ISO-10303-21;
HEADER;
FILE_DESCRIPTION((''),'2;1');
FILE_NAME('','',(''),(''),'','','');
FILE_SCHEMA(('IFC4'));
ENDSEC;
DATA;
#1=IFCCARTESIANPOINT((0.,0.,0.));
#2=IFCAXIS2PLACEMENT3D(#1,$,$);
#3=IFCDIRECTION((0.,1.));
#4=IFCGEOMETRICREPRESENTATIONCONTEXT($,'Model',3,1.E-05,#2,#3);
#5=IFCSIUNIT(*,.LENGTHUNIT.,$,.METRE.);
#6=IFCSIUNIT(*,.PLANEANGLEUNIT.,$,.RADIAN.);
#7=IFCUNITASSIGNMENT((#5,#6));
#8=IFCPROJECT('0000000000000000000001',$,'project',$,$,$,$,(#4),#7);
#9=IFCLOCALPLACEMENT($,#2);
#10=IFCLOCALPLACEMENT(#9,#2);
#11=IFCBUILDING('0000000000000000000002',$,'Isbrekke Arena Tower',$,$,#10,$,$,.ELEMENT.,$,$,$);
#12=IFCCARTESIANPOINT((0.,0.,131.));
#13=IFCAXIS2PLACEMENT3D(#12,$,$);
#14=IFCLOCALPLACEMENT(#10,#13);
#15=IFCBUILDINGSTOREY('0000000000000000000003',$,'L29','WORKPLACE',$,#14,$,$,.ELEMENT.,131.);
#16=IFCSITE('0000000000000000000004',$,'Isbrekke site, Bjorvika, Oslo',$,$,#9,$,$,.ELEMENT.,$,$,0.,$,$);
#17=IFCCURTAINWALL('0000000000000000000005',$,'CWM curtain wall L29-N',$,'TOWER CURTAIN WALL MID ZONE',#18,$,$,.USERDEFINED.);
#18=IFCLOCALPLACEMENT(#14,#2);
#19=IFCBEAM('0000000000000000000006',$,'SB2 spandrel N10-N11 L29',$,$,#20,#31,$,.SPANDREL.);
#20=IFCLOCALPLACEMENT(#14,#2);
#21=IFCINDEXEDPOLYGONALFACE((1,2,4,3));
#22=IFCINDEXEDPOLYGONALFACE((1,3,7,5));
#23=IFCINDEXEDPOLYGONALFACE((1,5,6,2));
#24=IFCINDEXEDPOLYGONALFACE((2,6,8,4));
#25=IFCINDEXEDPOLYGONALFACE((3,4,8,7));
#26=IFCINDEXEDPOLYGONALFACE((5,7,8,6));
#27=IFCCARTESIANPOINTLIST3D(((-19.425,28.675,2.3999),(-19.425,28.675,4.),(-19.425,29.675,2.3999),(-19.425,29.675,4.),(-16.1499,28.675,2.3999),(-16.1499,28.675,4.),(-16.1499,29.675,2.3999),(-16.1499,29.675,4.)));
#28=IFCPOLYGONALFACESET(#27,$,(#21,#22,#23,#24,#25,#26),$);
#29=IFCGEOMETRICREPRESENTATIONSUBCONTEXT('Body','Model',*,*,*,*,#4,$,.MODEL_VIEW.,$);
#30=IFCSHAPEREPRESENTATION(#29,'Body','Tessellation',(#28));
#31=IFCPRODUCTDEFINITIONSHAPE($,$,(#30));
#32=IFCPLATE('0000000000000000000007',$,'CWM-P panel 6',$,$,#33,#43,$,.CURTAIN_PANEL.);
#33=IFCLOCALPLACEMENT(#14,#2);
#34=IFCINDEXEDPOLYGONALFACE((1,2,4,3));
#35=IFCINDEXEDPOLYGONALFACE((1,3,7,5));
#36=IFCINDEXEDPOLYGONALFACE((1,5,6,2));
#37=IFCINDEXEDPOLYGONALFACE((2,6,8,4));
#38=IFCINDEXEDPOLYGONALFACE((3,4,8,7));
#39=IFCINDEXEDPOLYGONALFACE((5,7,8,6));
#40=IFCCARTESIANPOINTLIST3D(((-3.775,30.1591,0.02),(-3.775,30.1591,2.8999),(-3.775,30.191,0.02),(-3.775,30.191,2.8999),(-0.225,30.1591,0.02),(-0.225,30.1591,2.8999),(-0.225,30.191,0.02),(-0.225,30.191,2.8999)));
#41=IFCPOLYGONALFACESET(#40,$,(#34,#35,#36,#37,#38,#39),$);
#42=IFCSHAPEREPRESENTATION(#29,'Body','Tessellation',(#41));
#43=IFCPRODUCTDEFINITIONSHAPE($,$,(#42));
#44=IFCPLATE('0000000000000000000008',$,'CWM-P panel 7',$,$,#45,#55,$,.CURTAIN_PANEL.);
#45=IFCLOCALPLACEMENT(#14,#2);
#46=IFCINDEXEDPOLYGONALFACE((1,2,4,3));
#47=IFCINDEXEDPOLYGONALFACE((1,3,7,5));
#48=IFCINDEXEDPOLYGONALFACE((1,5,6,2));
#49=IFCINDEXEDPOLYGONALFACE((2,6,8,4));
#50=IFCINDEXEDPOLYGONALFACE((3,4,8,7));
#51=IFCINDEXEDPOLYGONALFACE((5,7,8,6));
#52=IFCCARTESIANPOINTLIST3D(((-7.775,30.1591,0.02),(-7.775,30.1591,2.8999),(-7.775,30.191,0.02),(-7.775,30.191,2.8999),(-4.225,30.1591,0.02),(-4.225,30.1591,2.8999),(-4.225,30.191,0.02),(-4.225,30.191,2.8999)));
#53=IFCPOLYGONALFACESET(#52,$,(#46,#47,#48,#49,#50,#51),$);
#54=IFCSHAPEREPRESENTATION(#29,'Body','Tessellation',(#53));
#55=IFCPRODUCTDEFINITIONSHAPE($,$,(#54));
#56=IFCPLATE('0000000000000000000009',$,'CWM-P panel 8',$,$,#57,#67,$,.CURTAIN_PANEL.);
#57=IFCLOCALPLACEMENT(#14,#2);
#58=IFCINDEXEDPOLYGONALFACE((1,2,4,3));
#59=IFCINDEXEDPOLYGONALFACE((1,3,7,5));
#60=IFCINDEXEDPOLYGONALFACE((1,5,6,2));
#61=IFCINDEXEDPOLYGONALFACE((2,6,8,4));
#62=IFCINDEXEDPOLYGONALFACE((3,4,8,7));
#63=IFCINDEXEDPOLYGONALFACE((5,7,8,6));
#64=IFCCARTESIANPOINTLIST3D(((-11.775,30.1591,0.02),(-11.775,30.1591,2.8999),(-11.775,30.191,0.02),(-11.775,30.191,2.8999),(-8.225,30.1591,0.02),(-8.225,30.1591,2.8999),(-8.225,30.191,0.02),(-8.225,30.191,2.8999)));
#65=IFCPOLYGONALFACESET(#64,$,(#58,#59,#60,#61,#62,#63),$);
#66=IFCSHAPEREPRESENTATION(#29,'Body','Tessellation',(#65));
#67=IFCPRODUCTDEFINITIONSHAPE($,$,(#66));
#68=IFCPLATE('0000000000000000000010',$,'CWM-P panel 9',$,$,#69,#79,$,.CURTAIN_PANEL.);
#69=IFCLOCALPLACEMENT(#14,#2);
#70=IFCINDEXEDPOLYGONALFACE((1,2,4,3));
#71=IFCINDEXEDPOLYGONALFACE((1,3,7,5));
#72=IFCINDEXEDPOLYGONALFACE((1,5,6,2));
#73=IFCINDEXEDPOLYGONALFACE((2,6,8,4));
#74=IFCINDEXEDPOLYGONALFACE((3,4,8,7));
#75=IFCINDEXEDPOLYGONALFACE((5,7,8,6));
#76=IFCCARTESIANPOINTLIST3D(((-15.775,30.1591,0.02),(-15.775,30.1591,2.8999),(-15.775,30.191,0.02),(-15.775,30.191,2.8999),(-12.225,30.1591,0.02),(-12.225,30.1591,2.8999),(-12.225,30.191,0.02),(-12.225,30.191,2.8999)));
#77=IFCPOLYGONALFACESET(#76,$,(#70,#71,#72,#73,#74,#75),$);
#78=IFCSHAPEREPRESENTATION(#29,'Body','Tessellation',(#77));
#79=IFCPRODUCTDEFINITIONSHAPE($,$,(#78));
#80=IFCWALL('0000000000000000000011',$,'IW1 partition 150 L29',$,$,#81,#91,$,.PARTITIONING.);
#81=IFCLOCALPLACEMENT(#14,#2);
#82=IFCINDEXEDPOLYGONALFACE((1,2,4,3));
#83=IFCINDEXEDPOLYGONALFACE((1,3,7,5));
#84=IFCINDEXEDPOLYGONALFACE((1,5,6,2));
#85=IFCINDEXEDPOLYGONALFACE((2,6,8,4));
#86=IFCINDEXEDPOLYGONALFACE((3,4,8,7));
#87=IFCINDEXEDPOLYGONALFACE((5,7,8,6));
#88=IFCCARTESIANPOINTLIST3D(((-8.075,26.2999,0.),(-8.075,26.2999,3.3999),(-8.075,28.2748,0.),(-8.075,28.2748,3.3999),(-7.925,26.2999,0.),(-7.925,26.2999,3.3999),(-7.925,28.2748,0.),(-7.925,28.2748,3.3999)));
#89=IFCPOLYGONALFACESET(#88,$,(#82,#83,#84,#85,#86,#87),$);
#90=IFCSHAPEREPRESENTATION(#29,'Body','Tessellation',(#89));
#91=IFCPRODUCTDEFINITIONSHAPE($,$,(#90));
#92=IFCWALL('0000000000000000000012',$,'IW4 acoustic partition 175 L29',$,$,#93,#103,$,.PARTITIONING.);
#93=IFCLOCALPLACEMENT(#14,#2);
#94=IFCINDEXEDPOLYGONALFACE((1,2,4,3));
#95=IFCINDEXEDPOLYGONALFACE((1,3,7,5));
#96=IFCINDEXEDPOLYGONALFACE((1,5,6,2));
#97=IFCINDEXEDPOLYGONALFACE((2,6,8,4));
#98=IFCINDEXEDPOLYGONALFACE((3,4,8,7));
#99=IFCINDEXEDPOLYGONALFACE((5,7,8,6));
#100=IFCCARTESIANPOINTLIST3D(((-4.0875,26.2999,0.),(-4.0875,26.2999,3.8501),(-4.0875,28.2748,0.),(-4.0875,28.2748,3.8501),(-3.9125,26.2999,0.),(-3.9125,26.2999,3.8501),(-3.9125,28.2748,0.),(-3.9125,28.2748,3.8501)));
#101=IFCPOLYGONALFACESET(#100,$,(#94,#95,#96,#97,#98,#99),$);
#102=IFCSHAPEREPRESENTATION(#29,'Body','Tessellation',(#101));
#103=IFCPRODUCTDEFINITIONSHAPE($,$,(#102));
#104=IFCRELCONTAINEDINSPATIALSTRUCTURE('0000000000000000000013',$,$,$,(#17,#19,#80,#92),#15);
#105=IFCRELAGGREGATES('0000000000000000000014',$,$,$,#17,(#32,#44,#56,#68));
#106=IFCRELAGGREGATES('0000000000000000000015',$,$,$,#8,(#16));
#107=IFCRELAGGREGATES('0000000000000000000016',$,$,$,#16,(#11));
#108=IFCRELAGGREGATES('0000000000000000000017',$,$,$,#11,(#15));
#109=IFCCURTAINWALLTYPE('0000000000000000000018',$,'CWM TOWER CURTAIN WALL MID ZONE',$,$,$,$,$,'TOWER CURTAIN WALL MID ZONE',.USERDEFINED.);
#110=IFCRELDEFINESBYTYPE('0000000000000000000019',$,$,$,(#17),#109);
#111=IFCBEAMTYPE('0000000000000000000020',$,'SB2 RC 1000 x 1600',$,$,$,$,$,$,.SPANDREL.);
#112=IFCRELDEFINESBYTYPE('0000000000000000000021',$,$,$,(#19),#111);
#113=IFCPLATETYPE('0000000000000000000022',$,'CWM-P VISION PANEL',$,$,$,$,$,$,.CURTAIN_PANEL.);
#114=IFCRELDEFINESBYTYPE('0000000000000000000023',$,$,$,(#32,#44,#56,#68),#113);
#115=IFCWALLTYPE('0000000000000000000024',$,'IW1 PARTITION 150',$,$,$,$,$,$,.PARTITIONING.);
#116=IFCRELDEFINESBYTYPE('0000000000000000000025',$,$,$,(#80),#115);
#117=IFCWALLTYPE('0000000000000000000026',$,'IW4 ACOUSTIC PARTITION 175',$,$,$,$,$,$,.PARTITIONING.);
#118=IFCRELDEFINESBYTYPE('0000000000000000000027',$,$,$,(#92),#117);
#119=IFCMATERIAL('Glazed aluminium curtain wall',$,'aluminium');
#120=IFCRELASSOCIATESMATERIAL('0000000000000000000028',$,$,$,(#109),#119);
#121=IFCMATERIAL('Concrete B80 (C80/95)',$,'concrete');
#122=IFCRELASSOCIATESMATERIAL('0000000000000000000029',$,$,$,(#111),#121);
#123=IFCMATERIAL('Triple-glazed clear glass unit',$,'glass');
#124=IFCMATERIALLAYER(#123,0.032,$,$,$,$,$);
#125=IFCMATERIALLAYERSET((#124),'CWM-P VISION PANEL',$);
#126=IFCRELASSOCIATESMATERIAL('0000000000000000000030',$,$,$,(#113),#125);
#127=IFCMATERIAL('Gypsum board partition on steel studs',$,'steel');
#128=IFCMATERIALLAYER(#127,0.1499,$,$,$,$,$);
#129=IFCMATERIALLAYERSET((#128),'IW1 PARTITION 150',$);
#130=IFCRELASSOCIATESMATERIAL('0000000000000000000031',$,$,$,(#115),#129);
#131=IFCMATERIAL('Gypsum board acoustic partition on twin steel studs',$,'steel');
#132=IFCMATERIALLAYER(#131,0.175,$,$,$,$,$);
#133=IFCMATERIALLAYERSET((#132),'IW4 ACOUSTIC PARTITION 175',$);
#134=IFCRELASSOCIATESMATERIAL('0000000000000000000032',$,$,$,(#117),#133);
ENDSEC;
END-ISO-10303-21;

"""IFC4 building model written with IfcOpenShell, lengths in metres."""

from ifc_helpers import new_model, si_unit, direction, frame, frame_2d, origin, origin_2d, place, context, subcontext, project, spatial, rectangle, extrude, material, layer, layer_set, material_profile, profile_set, type_object, element, aggregate, save


model = new_model("IFC4")

# Units and contexts
model_context = context("Model", 3, precision=1e-05, world=origin(), true_north=direction((0.0, 1.0)))
body_context = subcontext(model_context, "Body", "Model", "MODEL_VIEW")
ifc_project = project(units=[si_unit("LENGTHUNIT", "METRE"), si_unit("PLANEANGLEUNIT", "RADIAN")], contexts=[model_context])

# Site, building, storey
site_placement = place(None, origin())
site = spatial("IfcSite", under=ifc_project, at=site_placement, Name="Isbrekke site, Bjorvika, Oslo", CompositionType="ELEMENT", RefElevation=0.0)
building_placement = place(site_placement, origin())
building = spatial("IfcBuilding", under=site, at=building_placement, Name="Isbrekke Arena Tower", CompositionType="ELEMENT")
storey_placement = place(building_placement, frame((0.0, 0.0, 131.0)))
storey = spatial("IfcBuildingStorey", under=building, at=storey_placement, Name="L29", Description="WORKPLACE", CompositionType="ELEMENT", Elevation=131.0)

# Curtain wall
ifc_material_1 = material(Name="Glazed aluminium curtain wall", Category="aluminium")
curtain_wall_type = type_object("IfcCurtainWallType", Name="CWM TOWER CURTAIN WALL MID ZONE", ElementType="TOWER CURTAIN WALL MID ZONE", PredefinedType="USERDEFINED", material=ifc_material_1)
curtain_wall_placement = place(storey_placement, origin())
curtain_wall = element("IfcCurtainWall", 1, at=curtain_wall_placement, inside=storey, type_object=curtain_wall_type, Name="CWM curtain wall L29-N", ObjectType="TOWER CURTAIN WALL MID ZONE", PredefinedType="USERDEFINED")

# Beam
ifc_material_2 = material(Name="Concrete B80 (C80/95)", Category="concrete")
ifc_material_profile_1 = material_profile(ifc_material_2, rectangle(XDim=1.0, YDim=1.6001, at=origin_2d()), Name="RC 1000x1600")
ifc_profile_set_1 = profile_set([ifc_material_profile_1], Name="Concrete B80 (C80/95)")
beam_type_1 = type_object("IfcBeamType", Name="SB2 RC 1000 x 1600", PredefinedType="SPANDREL", material=ifc_profile_set_1)
beam_1_placement = place(storey_placement, frame((-16.1499, 29.175, 3.2), z_axis=(-1.0, 0.0, 0.0), x_axis=(0.0, -1.0, 0.0)))
element("IfcBeam", 2, at=beam_1_placement, inside=storey, type_object=beam_type_1, Name="SB2 spandrel N10-N11 L29", PredefinedType="SPANDREL", context=body_context, shape_type="SweptSolid", body=[
    extrude(rectangle(XDim=1.0, YDim=1.6001, at=origin_2d()), origin(), (0.0, 0.0, 1.0), 3.2751),
])

# Plates
ifc_material_3 = material(Name="Triple-glazed clear glass unit", Category="glass")
ifc_layer_1 = layer(ifc_material_3, 0.032)
ifc_layer_set_1 = layer_set([ifc_layer_1], Name="CWM-P VISION PANEL")
plate_type = type_object("IfcPlateType", Name="CWM-P VISION PANEL", PredefinedType="CURTAIN_PANEL", material=ifc_layer_set_1)
plate_1_placement = place(storey_placement, frame((-2.0, 30.175, 0.02), z_axis=(0.0, 0.0, 1.0), x_axis=(-1.0, 0.0, 0.0)))
plate_1 = element("IfcPlate", 3, at=plate_1_placement, type_object=plate_type, Name="CWM-P panel 6", PredefinedType="CURTAIN_PANEL", context=body_context, shape_type="SweptSolid", body=[
    extrude(rectangle(XDim=3.55, YDim=0.032, at=origin_2d()), origin(), (0.0, 0.0, 1.0), 2.8799),
])
plate_2_placement = place(storey_placement, frame((-6.0, 30.175, 0.02), z_axis=(0.0, 0.0, 1.0), x_axis=(-1.0, 0.0, 0.0)))
plate_2 = element("IfcPlate", 4, at=plate_2_placement, type_object=plate_type, Name="CWM-P panel 7", PredefinedType="CURTAIN_PANEL", context=body_context, shape_type="SweptSolid", body=[
    extrude(rectangle(XDim=3.55, YDim=0.032, at=origin_2d()), origin(), (0.0, 0.0, 1.0), 2.8799),
])
plate_3_placement = place(storey_placement, frame((-10.0, 30.175, 0.02), z_axis=(0.0, 0.0, 1.0), x_axis=(-1.0, 0.0, 0.0)))
plate_3 = element("IfcPlate", 5, at=plate_3_placement, type_object=plate_type, Name="CWM-P panel 8", PredefinedType="CURTAIN_PANEL", context=body_context, shape_type="SweptSolid", body=[
    extrude(rectangle(XDim=3.55, YDim=0.032, at=origin_2d()), origin(), (0.0, 0.0, 1.0), 2.8799),
])
plate_4_placement = place(storey_placement, frame((-14.0, 30.175, 0.02), z_axis=(0.0, 0.0, 1.0), x_axis=(-1.0, 0.0, 0.0)))
plate_4 = element("IfcPlate", 6, at=plate_4_placement, type_object=plate_type, Name="CWM-P panel 9", PredefinedType="CURTAIN_PANEL", context=body_context, shape_type="SweptSolid", body=[
    extrude(rectangle(XDim=3.55, YDim=0.032, at=origin_2d()), origin(), (0.0, 0.0, 1.0), 2.8799),
])
aggregate(curtain_wall, [plate_1, plate_2, plate_3, plate_4])

# Walls
ifc_material_4 = material(Name="Gypsum board partition on steel studs", Category="steel")
ifc_layer_2 = layer(ifc_material_4, 0.1499)
ifc_layer_set_2 = layer_set([ifc_layer_2], Name="IW1 PARTITION 150")
wall_type_1 = type_object("IfcWallType", Name="IW1 PARTITION 150", PredefinedType="PARTITIONING", material=ifc_layer_set_2)
wall_1_placement = place(storey_placement, frame((-8.0, 26.3, 0.0), z_axis=(0.0, 0.0, 1.0), x_axis=(0.0, 1.0, 0.0)))
element("IfcWall", 7, at=wall_1_placement, inside=storey, type_object=wall_type_1, Name="IW1 partition 150 L29", PredefinedType="PARTITIONING", context=body_context, shape_type="SweptSolid", body=[
    extrude(rectangle(XDim=1.9749, YDim=0.1499, at=frame_2d((0.9873, 0.0))), origin(), (0.0, 0.0, 1.0), 3.3999),
])
ifc_material_5 = material(Name="Gypsum board acoustic partition on twin steel studs", Category="steel")
ifc_layer_3 = layer(ifc_material_5, 0.175)
ifc_layer_set_3 = layer_set([ifc_layer_3], Name="IW4 ACOUSTIC PARTITION 175")
wall_type_2 = type_object("IfcWallType", Name="IW4 ACOUSTIC PARTITION 175", PredefinedType="PARTITIONING", material=ifc_layer_set_3)
wall_2_placement = place(storey_placement, frame((-4.0, 26.3, 0.0), z_axis=(0.0, 0.0, 1.0), x_axis=(0.0, 1.0, 0.0)))
element("IfcWall", 8, at=wall_2_placement, inside=storey, type_object=wall_type_2, Name="IW4 acoustic partition 175 L29", PredefinedType="PARTITIONING", context=body_context, shape_type="SweptSolid", body=[
    extrude(rectangle(XDim=1.9749, YDim=0.175, at=frame_2d((0.9873, 0.0))), origin(), (0.0, 0.0, 1.0), 3.8501),
])

save(model, "model.ifc")
